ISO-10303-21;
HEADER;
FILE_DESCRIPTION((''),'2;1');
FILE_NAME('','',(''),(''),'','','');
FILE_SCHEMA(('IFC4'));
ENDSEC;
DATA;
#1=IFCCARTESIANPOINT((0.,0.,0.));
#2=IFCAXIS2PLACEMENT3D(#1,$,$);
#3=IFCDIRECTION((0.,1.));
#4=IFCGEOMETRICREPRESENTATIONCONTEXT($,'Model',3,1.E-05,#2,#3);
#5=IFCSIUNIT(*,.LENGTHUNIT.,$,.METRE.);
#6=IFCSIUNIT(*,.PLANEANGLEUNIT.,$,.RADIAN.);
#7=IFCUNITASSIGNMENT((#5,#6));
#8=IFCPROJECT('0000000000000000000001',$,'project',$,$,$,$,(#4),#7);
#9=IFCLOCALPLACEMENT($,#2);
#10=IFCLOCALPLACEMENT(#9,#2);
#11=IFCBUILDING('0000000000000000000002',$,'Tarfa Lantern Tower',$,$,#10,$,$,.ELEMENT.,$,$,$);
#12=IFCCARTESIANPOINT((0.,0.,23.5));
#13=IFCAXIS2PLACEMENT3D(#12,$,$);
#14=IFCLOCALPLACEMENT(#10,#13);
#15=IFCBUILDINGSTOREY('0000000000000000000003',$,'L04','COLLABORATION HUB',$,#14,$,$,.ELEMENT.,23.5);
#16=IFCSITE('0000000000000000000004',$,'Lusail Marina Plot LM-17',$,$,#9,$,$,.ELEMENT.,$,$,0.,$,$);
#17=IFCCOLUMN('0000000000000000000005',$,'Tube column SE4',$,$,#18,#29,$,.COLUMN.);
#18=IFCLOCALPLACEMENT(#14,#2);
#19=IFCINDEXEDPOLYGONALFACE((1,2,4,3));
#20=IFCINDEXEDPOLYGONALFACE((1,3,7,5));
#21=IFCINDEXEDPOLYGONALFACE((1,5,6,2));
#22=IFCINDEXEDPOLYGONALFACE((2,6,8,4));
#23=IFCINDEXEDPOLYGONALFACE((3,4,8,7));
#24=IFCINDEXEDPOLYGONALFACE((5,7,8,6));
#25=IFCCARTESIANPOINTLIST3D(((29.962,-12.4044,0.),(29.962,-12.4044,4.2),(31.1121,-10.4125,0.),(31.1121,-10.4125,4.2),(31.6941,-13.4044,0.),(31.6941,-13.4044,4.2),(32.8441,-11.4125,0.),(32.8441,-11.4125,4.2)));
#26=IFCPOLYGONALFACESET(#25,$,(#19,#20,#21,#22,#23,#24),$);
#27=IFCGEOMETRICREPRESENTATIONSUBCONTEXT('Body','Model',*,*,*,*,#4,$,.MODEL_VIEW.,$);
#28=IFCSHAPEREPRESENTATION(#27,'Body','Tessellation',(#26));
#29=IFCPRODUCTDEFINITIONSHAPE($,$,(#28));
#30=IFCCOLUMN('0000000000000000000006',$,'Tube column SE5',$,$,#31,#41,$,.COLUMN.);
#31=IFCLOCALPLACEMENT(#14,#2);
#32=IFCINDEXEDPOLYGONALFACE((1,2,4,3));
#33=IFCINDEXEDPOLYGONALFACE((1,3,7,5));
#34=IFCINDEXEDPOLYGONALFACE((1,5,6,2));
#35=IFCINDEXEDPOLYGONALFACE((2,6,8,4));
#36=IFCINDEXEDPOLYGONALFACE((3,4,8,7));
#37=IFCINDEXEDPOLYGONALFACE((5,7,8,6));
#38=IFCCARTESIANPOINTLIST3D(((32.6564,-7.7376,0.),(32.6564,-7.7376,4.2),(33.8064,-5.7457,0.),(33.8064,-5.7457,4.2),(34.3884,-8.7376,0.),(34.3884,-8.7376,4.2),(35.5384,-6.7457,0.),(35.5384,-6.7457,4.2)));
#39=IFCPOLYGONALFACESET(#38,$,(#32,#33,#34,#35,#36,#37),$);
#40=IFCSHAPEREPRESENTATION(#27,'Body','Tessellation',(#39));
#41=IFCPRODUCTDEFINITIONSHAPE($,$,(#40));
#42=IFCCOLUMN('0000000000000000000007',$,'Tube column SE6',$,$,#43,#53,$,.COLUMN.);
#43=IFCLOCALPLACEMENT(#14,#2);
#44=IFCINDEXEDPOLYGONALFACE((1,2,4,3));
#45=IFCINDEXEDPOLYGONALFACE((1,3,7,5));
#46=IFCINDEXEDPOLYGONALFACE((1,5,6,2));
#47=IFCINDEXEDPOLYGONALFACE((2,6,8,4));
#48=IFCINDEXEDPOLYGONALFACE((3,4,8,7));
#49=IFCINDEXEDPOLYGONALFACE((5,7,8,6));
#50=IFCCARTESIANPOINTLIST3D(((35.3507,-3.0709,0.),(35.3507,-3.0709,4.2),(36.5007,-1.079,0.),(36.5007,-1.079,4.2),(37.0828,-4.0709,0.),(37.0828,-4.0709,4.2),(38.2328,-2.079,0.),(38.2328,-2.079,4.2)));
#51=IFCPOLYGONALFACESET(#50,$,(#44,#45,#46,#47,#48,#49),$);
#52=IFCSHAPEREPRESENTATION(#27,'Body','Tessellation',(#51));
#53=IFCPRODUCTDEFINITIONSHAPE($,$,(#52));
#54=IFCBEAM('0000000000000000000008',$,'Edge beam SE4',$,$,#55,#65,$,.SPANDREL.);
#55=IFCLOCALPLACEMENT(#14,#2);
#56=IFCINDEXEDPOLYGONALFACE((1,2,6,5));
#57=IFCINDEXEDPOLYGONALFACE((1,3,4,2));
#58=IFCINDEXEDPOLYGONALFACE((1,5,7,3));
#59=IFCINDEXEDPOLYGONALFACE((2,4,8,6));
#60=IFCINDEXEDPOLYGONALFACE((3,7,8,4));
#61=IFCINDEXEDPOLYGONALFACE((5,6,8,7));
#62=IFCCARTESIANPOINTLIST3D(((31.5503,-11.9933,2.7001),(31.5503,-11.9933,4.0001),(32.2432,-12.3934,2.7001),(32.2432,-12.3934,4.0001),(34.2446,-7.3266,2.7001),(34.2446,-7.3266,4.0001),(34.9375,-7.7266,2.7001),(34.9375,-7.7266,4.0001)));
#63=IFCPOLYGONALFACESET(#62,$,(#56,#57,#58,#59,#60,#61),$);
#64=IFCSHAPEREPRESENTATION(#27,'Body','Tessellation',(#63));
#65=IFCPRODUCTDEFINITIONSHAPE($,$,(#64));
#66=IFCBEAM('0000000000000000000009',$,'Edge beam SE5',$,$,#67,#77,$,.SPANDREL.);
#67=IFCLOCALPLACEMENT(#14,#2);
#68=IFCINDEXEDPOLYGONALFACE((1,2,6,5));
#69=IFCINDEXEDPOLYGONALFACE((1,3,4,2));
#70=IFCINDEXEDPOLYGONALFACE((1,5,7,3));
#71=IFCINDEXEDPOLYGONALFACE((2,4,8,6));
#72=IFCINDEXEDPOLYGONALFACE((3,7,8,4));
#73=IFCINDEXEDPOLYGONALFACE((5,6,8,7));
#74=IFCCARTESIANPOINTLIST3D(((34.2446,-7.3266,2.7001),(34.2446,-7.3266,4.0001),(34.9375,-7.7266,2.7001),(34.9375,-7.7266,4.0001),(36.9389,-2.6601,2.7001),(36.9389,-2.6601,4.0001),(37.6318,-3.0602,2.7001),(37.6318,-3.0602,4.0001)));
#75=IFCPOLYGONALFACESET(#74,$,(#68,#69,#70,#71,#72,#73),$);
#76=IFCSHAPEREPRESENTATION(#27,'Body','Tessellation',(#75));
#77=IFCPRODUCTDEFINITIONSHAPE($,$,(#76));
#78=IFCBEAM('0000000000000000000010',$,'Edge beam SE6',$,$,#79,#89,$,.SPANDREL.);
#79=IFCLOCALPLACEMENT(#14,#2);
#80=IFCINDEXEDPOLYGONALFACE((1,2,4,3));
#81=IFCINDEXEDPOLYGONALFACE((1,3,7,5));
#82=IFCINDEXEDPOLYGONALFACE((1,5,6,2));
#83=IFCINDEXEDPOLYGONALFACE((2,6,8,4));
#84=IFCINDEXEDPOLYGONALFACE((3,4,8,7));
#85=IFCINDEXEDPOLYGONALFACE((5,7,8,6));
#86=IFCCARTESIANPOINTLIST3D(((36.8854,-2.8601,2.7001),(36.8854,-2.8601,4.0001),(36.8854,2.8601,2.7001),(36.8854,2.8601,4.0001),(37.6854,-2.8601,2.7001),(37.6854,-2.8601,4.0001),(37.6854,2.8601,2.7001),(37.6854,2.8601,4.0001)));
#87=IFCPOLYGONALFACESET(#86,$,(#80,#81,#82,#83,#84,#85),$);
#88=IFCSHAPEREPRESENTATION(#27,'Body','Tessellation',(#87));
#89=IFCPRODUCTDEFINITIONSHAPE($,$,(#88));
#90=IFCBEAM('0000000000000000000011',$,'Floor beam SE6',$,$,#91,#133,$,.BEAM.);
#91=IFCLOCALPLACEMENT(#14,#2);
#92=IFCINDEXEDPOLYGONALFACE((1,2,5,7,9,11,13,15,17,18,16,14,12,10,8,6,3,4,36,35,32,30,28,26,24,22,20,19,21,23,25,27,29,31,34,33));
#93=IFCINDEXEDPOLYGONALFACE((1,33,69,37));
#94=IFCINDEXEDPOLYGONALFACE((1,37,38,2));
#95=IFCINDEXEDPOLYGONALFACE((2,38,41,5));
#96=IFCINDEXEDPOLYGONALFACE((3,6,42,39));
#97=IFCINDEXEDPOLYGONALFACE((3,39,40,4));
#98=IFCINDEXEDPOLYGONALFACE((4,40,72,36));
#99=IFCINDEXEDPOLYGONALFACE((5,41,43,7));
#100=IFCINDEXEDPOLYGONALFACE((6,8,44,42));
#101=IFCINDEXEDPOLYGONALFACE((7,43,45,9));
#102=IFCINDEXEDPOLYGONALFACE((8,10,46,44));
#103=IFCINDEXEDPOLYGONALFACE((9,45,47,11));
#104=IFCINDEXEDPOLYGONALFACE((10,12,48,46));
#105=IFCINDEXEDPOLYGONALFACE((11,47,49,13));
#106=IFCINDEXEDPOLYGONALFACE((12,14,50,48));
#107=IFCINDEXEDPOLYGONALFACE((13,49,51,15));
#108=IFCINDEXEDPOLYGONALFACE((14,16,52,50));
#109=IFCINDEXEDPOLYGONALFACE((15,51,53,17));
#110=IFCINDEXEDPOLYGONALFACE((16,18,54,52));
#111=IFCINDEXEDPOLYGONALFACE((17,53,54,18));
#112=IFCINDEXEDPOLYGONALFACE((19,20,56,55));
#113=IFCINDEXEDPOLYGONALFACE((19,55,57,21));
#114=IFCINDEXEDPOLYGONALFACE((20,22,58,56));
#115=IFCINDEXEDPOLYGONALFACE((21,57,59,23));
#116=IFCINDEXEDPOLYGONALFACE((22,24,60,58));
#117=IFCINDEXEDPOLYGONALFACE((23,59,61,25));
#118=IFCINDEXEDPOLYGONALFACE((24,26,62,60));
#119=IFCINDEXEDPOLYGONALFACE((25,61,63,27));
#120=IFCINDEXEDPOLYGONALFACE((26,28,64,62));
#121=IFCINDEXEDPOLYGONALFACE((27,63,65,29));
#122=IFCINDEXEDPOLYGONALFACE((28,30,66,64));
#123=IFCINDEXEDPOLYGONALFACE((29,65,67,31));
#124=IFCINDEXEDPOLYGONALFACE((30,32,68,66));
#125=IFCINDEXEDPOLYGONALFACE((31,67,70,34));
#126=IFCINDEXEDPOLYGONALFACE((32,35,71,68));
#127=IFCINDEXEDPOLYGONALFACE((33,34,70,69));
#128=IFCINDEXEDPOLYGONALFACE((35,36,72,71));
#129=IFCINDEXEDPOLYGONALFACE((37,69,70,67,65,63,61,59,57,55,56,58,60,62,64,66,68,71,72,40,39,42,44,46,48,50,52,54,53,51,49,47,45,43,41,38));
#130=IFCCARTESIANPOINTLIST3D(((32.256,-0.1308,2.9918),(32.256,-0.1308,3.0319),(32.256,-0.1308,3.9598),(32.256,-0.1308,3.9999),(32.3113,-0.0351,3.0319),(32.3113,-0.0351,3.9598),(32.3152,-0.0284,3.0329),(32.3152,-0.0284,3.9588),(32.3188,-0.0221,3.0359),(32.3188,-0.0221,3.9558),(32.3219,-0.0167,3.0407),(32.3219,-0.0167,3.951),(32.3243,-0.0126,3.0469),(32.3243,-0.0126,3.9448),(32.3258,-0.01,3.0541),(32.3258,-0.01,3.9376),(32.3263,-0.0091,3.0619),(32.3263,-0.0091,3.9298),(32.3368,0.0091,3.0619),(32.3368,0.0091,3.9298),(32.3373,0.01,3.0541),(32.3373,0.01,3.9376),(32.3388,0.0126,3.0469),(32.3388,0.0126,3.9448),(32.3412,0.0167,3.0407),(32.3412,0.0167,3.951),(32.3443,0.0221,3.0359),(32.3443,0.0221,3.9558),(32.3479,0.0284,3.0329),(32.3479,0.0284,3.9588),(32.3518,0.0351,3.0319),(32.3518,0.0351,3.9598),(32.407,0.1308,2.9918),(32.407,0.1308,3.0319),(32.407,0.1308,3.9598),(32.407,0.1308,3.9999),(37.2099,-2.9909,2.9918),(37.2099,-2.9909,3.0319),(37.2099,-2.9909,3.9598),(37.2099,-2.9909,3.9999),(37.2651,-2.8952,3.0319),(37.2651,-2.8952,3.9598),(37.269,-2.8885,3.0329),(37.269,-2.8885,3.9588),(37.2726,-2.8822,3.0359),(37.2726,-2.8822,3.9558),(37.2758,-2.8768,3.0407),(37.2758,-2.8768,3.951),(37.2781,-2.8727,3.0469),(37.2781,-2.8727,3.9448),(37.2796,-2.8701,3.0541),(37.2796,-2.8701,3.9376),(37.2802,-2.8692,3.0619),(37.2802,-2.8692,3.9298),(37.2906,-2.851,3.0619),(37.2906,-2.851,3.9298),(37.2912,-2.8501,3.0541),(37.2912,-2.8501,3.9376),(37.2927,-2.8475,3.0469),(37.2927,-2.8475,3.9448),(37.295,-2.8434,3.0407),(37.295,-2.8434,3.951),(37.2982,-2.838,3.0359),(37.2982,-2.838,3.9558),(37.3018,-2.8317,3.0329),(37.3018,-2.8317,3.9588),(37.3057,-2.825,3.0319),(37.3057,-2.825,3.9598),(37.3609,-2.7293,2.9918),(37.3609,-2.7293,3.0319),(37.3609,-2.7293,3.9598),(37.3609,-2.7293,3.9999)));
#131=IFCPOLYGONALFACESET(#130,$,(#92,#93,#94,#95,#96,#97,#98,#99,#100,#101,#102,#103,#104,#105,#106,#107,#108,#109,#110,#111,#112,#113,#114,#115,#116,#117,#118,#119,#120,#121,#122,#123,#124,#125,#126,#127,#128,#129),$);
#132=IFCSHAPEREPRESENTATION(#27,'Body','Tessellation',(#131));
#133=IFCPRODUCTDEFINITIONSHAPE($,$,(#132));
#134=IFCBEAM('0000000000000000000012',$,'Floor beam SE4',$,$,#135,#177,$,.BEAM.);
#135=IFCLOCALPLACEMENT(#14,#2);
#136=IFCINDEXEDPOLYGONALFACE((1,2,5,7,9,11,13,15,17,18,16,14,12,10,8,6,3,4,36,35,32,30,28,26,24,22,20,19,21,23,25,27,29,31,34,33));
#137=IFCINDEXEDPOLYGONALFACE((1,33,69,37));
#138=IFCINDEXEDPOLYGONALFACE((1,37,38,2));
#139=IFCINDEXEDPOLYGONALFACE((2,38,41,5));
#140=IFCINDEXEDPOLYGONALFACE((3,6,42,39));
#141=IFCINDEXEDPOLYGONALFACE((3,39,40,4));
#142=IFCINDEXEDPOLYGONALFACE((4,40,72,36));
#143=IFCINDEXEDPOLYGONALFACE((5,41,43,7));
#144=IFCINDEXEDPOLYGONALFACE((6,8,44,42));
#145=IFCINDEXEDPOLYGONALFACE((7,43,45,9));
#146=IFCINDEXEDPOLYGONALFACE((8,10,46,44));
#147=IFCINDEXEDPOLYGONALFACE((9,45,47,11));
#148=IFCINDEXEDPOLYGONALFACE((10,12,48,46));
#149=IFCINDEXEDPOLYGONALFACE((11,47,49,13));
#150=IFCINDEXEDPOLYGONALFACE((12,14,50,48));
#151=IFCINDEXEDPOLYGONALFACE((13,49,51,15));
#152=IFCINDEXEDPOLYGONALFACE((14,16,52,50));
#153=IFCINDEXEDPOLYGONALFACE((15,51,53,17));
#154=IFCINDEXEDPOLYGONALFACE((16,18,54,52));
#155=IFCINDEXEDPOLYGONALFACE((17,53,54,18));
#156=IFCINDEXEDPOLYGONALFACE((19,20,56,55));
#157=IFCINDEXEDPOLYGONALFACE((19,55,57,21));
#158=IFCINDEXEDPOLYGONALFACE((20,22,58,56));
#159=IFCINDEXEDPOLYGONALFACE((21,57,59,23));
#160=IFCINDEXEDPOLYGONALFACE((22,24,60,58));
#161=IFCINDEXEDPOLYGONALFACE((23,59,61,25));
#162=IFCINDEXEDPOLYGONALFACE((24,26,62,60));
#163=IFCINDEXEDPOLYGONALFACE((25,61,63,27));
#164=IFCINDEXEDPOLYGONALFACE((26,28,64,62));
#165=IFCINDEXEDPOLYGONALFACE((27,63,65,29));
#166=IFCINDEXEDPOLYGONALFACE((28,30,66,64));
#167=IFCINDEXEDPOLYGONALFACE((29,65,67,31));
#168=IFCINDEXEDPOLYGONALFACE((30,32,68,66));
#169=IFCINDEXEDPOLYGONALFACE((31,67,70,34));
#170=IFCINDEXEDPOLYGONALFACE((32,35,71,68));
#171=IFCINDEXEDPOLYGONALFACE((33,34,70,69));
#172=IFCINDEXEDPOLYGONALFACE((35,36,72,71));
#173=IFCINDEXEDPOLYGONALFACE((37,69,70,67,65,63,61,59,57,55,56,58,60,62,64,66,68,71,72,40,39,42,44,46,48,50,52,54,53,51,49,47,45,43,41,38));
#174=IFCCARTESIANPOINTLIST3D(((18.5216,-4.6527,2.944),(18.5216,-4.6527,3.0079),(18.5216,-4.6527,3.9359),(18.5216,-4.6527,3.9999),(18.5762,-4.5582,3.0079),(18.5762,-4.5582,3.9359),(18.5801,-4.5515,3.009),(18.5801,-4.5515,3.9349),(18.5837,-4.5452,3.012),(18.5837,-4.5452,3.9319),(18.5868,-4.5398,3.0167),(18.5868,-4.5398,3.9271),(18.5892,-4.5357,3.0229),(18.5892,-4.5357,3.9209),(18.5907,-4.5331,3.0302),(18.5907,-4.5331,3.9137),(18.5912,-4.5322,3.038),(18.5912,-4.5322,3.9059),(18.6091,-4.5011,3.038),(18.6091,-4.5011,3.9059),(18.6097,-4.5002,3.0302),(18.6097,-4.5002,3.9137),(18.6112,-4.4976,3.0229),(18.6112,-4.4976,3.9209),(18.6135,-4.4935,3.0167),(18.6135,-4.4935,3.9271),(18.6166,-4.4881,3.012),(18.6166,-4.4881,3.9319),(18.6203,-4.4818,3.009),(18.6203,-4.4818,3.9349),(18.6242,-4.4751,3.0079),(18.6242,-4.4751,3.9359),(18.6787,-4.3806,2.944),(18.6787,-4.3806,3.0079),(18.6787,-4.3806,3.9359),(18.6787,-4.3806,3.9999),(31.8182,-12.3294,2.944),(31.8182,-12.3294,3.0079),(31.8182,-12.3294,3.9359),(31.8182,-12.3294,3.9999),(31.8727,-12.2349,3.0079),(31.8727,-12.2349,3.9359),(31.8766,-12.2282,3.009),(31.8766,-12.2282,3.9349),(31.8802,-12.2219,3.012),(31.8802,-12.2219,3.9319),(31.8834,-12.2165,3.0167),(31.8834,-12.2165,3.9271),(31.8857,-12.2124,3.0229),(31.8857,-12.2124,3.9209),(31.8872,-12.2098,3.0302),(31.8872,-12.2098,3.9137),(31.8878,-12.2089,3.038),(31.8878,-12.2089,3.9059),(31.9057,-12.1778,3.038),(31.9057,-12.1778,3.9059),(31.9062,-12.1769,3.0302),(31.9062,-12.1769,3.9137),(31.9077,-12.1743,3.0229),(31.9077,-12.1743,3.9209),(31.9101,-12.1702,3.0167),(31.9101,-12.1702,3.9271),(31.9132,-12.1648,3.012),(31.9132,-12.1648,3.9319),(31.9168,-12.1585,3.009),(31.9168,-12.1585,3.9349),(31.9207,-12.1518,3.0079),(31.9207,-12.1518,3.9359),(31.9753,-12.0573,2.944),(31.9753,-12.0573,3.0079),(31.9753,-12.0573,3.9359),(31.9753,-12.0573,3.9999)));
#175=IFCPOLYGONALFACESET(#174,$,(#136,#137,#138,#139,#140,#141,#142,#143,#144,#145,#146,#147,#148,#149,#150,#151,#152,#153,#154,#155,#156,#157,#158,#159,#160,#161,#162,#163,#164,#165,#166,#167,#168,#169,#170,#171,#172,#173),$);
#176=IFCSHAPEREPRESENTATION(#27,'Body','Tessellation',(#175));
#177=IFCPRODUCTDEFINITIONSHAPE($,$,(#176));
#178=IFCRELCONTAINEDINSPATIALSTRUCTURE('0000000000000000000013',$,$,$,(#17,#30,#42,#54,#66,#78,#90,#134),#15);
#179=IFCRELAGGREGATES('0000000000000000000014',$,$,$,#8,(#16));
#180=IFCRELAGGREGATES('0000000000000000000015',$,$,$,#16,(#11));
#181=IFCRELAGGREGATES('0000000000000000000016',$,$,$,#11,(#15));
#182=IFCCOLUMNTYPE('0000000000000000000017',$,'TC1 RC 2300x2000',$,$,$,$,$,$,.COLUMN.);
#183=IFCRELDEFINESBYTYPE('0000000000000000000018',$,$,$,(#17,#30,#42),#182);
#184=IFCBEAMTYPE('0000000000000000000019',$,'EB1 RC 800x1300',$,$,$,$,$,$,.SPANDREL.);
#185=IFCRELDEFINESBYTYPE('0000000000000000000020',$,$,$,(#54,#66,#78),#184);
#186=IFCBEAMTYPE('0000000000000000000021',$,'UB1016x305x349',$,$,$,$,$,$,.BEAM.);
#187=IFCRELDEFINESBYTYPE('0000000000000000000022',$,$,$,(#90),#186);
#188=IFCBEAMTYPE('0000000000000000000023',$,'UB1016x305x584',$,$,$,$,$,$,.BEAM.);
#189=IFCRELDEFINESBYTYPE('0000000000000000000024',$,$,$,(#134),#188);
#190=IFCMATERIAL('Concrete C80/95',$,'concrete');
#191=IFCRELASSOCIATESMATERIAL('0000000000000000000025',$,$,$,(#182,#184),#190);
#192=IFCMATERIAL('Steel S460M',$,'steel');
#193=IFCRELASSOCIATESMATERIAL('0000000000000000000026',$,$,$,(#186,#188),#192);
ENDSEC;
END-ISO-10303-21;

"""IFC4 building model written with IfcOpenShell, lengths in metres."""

from ifc_helpers import new_model, si_unit, direction, frame, origin, origin_2d, place, context, subcontext, project, spatial, rectangle, i_section, extrude, material, material_profile, profile_set, type_object, element, save


model = new_model("IFC4")

# Units and contexts
model_context = context("Model", 3, precision=1e-05, world=origin(), true_north=direction((0.0, 1.0)))
body_context = subcontext(model_context, "Body", "Model", "MODEL_VIEW")
ifc_project = project(units=[si_unit("LENGTHUNIT", "METRE"), si_unit("PLANEANGLEUNIT", "RADIAN")], contexts=[model_context])

# Site, building, storey
site_placement = place(None, origin())
site = spatial("IfcSite", under=ifc_project, at=site_placement, Name="Lusail Marina Plot LM-17", CompositionType="ELEMENT", RefElevation=0.0)
building_placement = place(site_placement, origin())
building = spatial("IfcBuilding", under=site, at=building_placement, Name="Tarfa Lantern Tower", CompositionType="ELEMENT")
storey_placement = place(building_placement, frame((0.0, 0.0, 23.5)))
storey = spatial("IfcBuildingStorey", under=building, at=storey_placement, Name="L04", Description="COLLABORATION HUB", CompositionType="ELEMENT", Elevation=23.5)

# Columns
ifc_material_1 = material(Name="Concrete C80/95", Category="concrete")
ifc_material_profile_1 = material_profile(ifc_material_1, rectangle(XDim=2.3, YDim=2.0, at=origin_2d()), Name="RC 2300x2000")
ifc_profile_set_1 = profile_set([ifc_material_profile_1], Name="Concrete C80/95")
column_type = type_object("IfcColumnType", Name="TC1 RC 2300x2000", PredefinedType="COLUMN", material=ifc_profile_set_1)
for number, where, z_axis, x_axis, name in (
    (1, (31.4031, -11.9084, 0.0), (0.0, 0.0, 1.0), (0.5, 0.866025, 0.0), "Tube column SE4"),
    (2, (34.0974, -7.2417, 0.0), (0.0, 0.0, 1.0), (0.5, 0.866025, 0.0), "Tube column SE5"),
    (3, (36.7917, -2.575, 0.0), (0.0, 0.0, 1.0), (0.5, 0.866025, 0.0), "Tube column SE6"),
):
    element("IfcColumn", number, at=place(storey_placement, frame(where, z_axis=z_axis, x_axis=x_axis)), inside=storey, type_object=column_type, Name=name, PredefinedType="COLUMN", context=body_context, shape_type="SweptSolid", body=[
        extrude(rectangle(XDim=2.3, YDim=2.0, at=origin_2d()), origin(), (0.0, 0.0, 1.0), 4.2),
    ])

# Beams
ifc_material_profile_2 = material_profile(ifc_material_1, rectangle(XDim=0.8, YDim=1.3, at=origin_2d()), Name="RC 800x1300")
ifc_profile_set_2 = profile_set([ifc_material_profile_2], Name="Concrete C80/95")
beam_type_1 = type_object("IfcBeamType", Name="EB1 RC 800x1300", PredefinedType="SPANDREL", material=ifc_profile_set_2)
beam_1_placement = place(storey_placement, frame((31.8967, -12.1934, 3.3501), z_axis=(0.499998, 0.866026, 0.0), x_axis=(-0.866026, 0.499998, 0.0)))
element("IfcBeam", 4, at=beam_1_placement, inside=storey, type_object=beam_type_1, Name="Edge beam SE4", PredefinedType="SPANDREL", context=body_context, shape_type="SweptSolid", body=[
    extrude(rectangle(XDim=0.8, YDim=1.3, at=origin_2d()), origin(), (0.0, 0.0, 1.0), 5.3887),
])
beam_2_placement = place(storey_placement, frame((34.5911, -7.5266, 3.3501), z_axis=(0.500018, 0.866015, 0.0), x_axis=(-0.866015, 0.500018, 0.0)))
element("IfcBeam", 5, at=beam_2_placement, inside=storey, type_object=beam_type_1, Name="Edge beam SE5", PredefinedType="SPANDREL", context=body_context, shape_type="SweptSolid", body=[
    extrude(rectangle(XDim=0.8, YDim=1.3, at=origin_2d()), origin(), (0.0, 0.0, 1.0), 5.3884),
])
beam_3_placement = place(storey_placement, frame((37.2854, -2.8601, 3.3501), z_axis=(0.0, 1.0, 0.0), x_axis=(-1.0, 0.0, 0.0)))
element("IfcBeam", 6, at=beam_3_placement, inside=storey, type_object=beam_type_1, Name="Edge beam SE6", PredefinedType="SPANDREL", context=body_context, shape_type="SweptSolid", body=[
    extrude(rectangle(XDim=0.8, YDim=1.3, at=origin_2d()), origin(), (0.0, 0.0, 1.0), 5.7202),
])
ifc_material_2 = material(Name="Steel S460M", Category="steel")
ifc_material_profile_3 = material_profile(ifc_material_2, i_section(OverallWidth=0.302, OverallDepth=1.0081, WebThickness=0.021, FlangeThickness=0.04, FilletRadius=0.03, at=origin_2d()), Name="UB1016x305x349")
ifc_profile_set_3 = profile_set([ifc_material_profile_3], Name="Steel S460M")
beam_type_2 = type_object("IfcBeamType", Name="UB1016x305x349", PredefinedType="BEAM", material=ifc_profile_set_3)
beam_4_placement = place(storey_placement, frame((37.2854, -2.8601, 3.4958), z_axis=(-0.866026, 0.5, 0.0), x_axis=(-0.5, -0.866026, 0.0)))
element("IfcBeam", 7, at=beam_4_placement, inside=storey, type_object=beam_type_2, Name="Floor beam SE6", PredefinedType="BEAM", context=body_context, shape_type="SweptSolid", body=[
    extrude(i_section(OverallWidth=0.302, OverallDepth=1.0081, WebThickness=0.021, FlangeThickness=0.04, FilletRadius=0.03, at=origin_2d()), origin(), (0.0, 0.0, 1.0), 5.7202),
])
ifc_material_profile_4 = material_profile(ifc_material_2, i_section(OverallWidth=0.3142, OverallDepth=1.0559, WebThickness=0.0359, FlangeThickness=0.064, FilletRadius=0.03, at=origin_2d()), Name="UB1016x305x584")
ifc_profile_set_4 = profile_set([ifc_material_profile_4], Name="Steel S460M")
beam_type_3 = type_object("IfcBeamType", Name="UB1016x305x584", PredefinedType="BEAM", material=ifc_profile_set_4)
beam_5_placement = place(storey_placement, frame((31.8967, -12.1934, 3.4719), z_axis=(-0.866027, 0.499997, 0.0), x_axis=(-0.499997, -0.866027, 0.0)))
element("IfcBeam", 8, at=beam_5_placement, inside=storey, type_object=beam_type_3, Name="Floor beam SE4", PredefinedType="BEAM", context=body_context, shape_type="SweptSolid", body=[
    extrude(i_section(OverallWidth=0.3142, OverallDepth=1.0559, WebThickness=0.0359, FlangeThickness=0.064, FilletRadius=0.03, at=origin_2d()), origin(), (0.0, 0.0, 1.0), 15.3535),
])

save(model, "model.ifc")
